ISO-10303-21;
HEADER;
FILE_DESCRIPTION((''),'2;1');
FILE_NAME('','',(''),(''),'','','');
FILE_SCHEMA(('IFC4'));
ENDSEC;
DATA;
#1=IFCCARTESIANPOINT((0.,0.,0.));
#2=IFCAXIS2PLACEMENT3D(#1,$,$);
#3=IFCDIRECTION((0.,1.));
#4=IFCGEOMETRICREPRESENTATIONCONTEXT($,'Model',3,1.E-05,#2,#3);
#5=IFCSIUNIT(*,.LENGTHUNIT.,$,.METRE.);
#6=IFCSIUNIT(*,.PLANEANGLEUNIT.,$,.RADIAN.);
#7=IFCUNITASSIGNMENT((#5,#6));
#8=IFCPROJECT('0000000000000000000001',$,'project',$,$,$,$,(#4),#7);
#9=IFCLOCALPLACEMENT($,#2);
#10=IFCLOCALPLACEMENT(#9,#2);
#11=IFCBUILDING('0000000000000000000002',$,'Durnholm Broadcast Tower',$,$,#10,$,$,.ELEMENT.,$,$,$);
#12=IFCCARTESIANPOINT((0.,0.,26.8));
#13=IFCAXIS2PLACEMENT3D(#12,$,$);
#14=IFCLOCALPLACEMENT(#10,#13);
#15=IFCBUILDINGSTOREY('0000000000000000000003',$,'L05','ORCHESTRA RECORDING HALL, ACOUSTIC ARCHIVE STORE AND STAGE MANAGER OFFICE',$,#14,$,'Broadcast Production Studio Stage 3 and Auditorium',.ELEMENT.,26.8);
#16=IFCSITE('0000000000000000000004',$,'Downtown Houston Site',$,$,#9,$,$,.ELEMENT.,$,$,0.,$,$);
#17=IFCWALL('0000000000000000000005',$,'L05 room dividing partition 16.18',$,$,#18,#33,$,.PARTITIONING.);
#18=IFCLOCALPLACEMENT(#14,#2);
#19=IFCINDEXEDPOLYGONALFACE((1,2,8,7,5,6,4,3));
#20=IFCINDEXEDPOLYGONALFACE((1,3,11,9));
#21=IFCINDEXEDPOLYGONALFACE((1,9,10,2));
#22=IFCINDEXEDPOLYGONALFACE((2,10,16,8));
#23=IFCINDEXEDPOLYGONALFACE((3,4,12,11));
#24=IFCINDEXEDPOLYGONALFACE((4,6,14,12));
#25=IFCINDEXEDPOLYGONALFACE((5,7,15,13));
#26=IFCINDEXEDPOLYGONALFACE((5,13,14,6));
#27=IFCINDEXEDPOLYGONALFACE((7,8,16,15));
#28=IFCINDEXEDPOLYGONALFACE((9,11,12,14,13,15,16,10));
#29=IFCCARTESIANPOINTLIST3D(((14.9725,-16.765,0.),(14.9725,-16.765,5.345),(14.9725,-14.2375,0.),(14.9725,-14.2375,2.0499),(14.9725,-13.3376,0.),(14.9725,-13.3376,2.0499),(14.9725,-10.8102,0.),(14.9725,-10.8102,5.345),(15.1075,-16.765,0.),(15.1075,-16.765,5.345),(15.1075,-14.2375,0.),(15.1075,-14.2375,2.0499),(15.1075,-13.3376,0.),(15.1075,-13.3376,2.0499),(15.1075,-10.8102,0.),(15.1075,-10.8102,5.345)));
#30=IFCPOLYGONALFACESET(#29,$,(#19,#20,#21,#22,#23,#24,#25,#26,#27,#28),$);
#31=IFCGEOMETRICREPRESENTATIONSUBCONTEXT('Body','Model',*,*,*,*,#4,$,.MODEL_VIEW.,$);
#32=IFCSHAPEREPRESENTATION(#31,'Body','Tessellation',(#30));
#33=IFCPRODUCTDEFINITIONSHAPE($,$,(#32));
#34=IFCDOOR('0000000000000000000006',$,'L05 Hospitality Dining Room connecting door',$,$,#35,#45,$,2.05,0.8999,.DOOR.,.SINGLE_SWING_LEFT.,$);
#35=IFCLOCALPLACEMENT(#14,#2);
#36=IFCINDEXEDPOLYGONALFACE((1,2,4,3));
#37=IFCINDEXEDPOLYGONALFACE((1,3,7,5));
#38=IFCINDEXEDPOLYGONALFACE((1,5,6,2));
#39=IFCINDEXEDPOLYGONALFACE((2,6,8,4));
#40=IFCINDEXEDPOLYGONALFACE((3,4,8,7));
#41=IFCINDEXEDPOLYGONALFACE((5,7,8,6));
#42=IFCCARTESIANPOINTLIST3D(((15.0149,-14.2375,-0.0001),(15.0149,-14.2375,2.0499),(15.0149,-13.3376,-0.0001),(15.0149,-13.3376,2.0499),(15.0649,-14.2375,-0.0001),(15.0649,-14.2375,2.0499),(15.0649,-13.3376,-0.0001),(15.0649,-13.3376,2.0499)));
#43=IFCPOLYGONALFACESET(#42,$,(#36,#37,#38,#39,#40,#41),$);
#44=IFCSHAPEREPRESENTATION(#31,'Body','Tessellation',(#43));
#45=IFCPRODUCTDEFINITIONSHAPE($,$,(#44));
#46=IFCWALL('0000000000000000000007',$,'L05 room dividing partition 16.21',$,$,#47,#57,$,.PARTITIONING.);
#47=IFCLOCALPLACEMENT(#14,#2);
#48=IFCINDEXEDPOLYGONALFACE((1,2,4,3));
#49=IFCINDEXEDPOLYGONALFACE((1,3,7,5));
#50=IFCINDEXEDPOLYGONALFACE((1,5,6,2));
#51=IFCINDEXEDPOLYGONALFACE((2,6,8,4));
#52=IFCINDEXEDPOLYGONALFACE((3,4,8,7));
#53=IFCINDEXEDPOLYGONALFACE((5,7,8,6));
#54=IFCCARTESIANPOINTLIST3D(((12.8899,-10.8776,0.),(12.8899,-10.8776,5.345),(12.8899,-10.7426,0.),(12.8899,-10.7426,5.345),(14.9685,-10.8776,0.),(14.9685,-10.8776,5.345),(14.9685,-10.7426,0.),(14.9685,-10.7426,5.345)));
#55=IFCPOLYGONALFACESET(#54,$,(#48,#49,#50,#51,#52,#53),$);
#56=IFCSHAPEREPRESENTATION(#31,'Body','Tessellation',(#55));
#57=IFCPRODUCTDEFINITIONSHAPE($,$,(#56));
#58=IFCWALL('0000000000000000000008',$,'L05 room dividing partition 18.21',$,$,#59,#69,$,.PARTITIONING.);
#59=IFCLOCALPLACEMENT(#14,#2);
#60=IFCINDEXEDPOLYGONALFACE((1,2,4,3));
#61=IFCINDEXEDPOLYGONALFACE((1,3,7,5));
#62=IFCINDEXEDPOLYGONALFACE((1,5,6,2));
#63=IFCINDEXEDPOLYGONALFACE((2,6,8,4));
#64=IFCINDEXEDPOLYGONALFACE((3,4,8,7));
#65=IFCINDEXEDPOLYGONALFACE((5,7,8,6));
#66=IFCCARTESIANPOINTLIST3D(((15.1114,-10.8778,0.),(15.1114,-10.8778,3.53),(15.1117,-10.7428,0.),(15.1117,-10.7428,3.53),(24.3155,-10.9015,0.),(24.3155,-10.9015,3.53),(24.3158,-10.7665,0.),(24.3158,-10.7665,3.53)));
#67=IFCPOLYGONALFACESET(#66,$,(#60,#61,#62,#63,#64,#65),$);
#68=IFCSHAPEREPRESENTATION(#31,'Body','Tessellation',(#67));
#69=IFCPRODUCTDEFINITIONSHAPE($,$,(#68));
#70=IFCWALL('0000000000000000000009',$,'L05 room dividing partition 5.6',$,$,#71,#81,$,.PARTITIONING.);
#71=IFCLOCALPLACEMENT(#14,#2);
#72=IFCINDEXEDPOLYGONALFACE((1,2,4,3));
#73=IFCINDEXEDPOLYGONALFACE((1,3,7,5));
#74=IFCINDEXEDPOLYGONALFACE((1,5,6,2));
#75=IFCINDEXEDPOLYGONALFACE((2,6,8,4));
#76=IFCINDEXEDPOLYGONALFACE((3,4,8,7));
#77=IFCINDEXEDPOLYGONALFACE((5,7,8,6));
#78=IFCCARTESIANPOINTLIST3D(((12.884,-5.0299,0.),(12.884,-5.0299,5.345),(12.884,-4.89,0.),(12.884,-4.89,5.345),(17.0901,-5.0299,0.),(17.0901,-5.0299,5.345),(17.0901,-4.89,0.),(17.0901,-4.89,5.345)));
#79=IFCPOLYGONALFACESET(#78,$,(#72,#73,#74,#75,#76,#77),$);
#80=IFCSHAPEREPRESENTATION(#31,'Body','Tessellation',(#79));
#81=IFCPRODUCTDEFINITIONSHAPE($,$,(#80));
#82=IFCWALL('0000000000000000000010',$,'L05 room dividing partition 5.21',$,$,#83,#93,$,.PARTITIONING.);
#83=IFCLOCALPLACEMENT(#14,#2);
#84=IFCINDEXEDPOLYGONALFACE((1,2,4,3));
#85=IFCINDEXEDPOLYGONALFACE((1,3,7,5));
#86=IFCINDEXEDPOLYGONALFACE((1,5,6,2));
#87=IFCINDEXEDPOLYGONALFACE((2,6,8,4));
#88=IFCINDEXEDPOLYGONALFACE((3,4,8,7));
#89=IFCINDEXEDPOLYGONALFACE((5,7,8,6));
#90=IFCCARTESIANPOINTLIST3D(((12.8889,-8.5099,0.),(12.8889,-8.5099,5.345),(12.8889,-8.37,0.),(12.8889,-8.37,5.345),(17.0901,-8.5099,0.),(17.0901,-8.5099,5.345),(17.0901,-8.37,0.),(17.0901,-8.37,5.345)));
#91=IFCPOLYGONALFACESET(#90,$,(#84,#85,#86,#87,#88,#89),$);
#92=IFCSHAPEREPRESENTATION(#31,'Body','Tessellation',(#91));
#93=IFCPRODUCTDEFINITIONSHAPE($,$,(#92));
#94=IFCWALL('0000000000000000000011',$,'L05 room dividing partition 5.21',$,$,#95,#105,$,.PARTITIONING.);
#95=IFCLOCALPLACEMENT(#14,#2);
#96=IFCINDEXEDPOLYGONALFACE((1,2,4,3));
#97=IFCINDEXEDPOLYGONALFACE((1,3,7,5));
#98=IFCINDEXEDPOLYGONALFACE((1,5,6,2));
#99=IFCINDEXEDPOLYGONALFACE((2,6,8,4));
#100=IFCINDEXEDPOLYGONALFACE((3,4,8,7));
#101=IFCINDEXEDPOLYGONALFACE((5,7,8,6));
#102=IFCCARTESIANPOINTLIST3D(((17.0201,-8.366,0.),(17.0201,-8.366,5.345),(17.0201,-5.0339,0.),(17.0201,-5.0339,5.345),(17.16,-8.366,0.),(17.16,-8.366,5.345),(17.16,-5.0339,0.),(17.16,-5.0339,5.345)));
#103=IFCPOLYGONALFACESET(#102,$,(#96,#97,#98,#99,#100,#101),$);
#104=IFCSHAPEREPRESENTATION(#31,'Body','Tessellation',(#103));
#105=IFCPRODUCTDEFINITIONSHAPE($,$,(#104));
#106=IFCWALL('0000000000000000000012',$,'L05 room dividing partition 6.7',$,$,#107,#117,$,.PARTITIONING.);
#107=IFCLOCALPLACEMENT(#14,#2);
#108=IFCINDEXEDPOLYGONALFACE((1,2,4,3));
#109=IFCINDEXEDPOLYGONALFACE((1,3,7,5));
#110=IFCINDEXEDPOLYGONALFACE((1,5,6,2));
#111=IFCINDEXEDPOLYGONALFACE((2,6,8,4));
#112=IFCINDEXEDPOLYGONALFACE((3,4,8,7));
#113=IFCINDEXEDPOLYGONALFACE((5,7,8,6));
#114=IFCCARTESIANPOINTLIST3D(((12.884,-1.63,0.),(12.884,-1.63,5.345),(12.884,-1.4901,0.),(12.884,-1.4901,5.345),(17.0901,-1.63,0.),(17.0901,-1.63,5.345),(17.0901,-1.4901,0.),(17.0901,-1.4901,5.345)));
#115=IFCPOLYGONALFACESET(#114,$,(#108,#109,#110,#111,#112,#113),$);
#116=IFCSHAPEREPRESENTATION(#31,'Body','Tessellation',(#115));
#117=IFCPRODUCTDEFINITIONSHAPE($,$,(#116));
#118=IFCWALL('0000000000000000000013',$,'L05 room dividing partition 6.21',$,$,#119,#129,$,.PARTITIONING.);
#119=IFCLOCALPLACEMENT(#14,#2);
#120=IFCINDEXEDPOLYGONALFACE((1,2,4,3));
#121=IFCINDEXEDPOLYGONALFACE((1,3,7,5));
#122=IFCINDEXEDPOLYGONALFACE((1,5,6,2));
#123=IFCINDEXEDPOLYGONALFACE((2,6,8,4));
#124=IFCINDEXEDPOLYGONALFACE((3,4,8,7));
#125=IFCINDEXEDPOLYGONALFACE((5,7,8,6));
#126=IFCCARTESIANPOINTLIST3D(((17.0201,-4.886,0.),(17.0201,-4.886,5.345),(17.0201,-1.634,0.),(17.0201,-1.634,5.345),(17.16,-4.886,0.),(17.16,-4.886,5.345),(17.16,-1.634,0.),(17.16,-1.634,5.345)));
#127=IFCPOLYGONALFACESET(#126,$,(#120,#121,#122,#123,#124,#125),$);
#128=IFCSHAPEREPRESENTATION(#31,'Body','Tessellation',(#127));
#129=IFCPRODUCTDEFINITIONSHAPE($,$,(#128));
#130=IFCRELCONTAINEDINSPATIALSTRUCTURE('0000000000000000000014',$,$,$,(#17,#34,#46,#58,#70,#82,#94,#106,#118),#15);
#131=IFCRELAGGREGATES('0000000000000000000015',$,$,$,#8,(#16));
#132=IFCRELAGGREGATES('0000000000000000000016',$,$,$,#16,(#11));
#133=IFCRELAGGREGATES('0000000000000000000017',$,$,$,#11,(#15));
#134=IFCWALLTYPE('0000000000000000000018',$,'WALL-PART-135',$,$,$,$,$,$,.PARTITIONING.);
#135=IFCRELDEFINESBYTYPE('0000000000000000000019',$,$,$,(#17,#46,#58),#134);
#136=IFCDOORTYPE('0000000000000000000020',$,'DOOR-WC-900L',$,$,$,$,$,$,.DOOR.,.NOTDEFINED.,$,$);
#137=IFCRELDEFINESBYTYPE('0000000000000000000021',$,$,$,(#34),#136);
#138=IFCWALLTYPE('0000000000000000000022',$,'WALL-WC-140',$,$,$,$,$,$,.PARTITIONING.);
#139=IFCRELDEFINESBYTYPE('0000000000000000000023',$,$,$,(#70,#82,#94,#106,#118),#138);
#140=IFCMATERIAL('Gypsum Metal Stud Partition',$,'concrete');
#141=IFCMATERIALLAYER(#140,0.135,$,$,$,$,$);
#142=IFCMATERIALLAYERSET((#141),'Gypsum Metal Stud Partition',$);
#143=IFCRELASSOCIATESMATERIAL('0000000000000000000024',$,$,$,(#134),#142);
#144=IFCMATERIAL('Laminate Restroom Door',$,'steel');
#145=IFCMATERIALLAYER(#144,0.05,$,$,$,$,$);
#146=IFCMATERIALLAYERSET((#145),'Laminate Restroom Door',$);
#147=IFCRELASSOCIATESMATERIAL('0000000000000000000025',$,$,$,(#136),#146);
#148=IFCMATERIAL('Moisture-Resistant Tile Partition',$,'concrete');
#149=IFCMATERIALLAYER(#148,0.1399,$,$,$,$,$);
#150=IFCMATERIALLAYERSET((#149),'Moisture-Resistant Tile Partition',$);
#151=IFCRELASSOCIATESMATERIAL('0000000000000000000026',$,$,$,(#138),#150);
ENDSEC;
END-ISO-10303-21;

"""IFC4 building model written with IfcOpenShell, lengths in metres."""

from ifc_helpers import new_model, si_unit, direction, frame, frame_2d, origin, place, context, subcontext, project, spatial, rectangle, extrude, source, transform, mapped, material, layer, layer_set, type_object, type_shapes, element, fill, save


model = new_model("IFC4")

# Units and contexts
model_context = context("Model", 3, precision=1e-05, world=origin(), true_north=direction((0.0, 1.0)))
body_context = subcontext(model_context, "Body", "Model", "MODEL_VIEW")
ifc_project = project(units=[si_unit("LENGTHUNIT", "METRE"), si_unit("PLANEANGLEUNIT", "RADIAN")], contexts=[model_context])

# Site, building, storey
site_placement = place(None, origin())
site = spatial("IfcSite", under=ifc_project, at=site_placement, Name="Downtown Houston Site", CompositionType="ELEMENT", RefElevation=0.0)
building_placement = place(site_placement, origin())
building = spatial("IfcBuilding", under=site, at=building_placement, Name="Durnholm Broadcast Tower", CompositionType="ELEMENT")
storey_placement = place(building_placement, frame((0.0, 0.0, 26.8)))
storey = spatial("IfcBuildingStorey", under=building, at=storey_placement, Name="L05", Description="ORCHESTRA RECORDING HALL, ACOUSTIC ARCHIVE STORE AND STAGE MANAGER OFFICE", LongName="Broadcast Production Studio Stage 3 and Auditorium", CompositionType="ELEMENT", Elevation=26.8)

# Wall, opening, door
ifc_material_1 = material(Name="Gypsum Metal Stud Partition", Category="concrete")
ifc_layer_1 = layer(ifc_material_1, 0.135)
ifc_layer_set_1 = layer_set([ifc_layer_1], Name="Gypsum Metal Stud Partition")
wall_type_1 = type_object("IfcWallType", Name="WALL-PART-135", PredefinedType="PARTITIONING", material=ifc_layer_set_1)
wall_1_placement = place(storey_placement, frame((15.04, -10.8101, 0.0), z_axis=(0.0, 0.0, 1.0), x_axis=(0.0, -1.0, 0.0)))
wall_1 = element("IfcWall", 1, at=wall_1_placement, inside=storey, type_object=wall_type_1, Name="L05 room dividing partition 16.18", PredefinedType="PARTITIONING", context=body_context, shape_type="SweptSolid", body=[
    extrude(rectangle(XDim=5.9548, YDim=0.135, at=frame_2d((2.9775, 0.0))), origin(), (0.0, 0.0, 1.0), 5.345),
])
opening_placement = place(wall_1_placement, frame((2.5276, 0.0, 0.0)))
opening = element("IfcOpeningElement", 2, at=opening_placement, cuts=wall_1, PredefinedType="OPENING", context=body_context, shape_type="SweptSolid", body=[
    extrude(rectangle(XDim=0.8999, YDim=2.05, at=frame_2d((0.45, 1.0249))), frame((0.0, 0.0776, 0.0), z_axis=(0.0, -1.0, 0.0), x_axis=(1.0, 0.0, 0.0)), (0.0, 0.0, 1.0), 0.155),
])
ifc_material_2 = material(Name="Laminate Restroom Door", Category="steel")
ifc_layer_2 = layer(ifc_material_2, 0.05)
ifc_layer_set_2 = layer_set([ifc_layer_2], Name="Laminate Restroom Door")
door_type = type_object("IfcDoorType", Name="DOOR-WC-900L", OperationType="NOTDEFINED", PredefinedType="DOOR", material=ifc_layer_set_2)
shared_shape_1 = source(origin(), body_context, "Body", "SweptSolid", [
    extrude(rectangle(XDim=0.8999, YDim=2.05, at=frame_2d((0.45, 1.0249))), frame((0.0, 0.0249, 0.0), z_axis=(0.0, -1.0, 0.0), x_axis=(1.0, 0.0, 0.0)), (0.0, 0.0, 1.0), 0.05),
])
type_shapes(door_type, [shared_shape_1])
door_placement = place(opening_placement, origin())
door = element("IfcDoor", 3, at=door_placement, inside=storey, type_object=door_type, Name="L05 Hospitality Dining Room connecting door", OperationType="SINGLE_SWING_LEFT", OverallHeight=2.05, OverallWidth=0.8999, PredefinedType="DOOR", context=body_context, shape_type="MappedRepresentation", body=[
    mapped(shared_shape_1, transform((0.0, 0.0, 0.0), x_axis=(1.0, 0.0, 0.0), y_axis=(0.0, 1.0, 0.0), z_axis=(0.0, 0.0, 1.0), scale=1.0)),
])
fill(opening, door)

# Walls
wall_2_placement = place(storey_placement, frame((12.8899, -10.8101, 0.0), z_axis=(0.0, 0.0, 1.0), x_axis=(1.0, 0.0, 0.0)))
element("IfcWall", 4, at=wall_2_placement, inside=storey, type_object=wall_type_1, Name="L05 room dividing partition 16.21", PredefinedType="PARTITIONING", context=body_context, shape_type="SweptSolid", body=[
    extrude(rectangle(XDim=2.0786, YDim=0.135, at=frame_2d((1.0393, 0.0))), origin(), (0.0, 0.0, 1.0), 5.345),
])
wall_3_placement = place(storey_placement, frame((15.1116, -10.8103, 0.0), z_axis=(0.0, 0.0, 1.0), x_axis=(0.999997, -0.002573, 0.0)))
element("IfcWall", 5, at=wall_3_placement, inside=storey, type_object=wall_type_1, Name="L05 room dividing partition 18.21", PredefinedType="PARTITIONING", context=body_context, shape_type="SweptSolid", body=[
    extrude(rectangle(XDim=9.2041, YDim=0.135, at=frame_2d((4.6021, 0.0))), origin(), (0.0, 0.0, 1.0), 3.53),
])
ifc_material_3 = material(Name="Moisture-Resistant Tile Partition", Category="concrete")
ifc_layer_3 = layer(ifc_material_3, 0.1399)
ifc_layer_set_3 = layer_set([ifc_layer_3], Name="Moisture-Resistant Tile Partition")
wall_type_2 = type_object("IfcWallType", Name="WALL-WC-140", PredefinedType="PARTITIONING", material=ifc_layer_set_3)
wall_4_placement = place(storey_placement, frame((12.884, -4.96, 0.0), z_axis=(0.0, 0.0, 1.0), x_axis=(1.0, 0.0, 0.0)))
element("IfcWall", 6, at=wall_4_placement, inside=storey, type_object=wall_type_2, Name="L05 room dividing partition 5.6", PredefinedType="PARTITIONING", context=body_context, shape_type="SweptSolid", body=[
    extrude(rectangle(XDim=4.2061, YDim=0.1399, at=frame_2d((2.103, 0.0))), origin(), (0.0, 0.0, 1.0), 5.345),
])
wall_5_placement = place(storey_placement, frame((17.0901, -8.4399, 0.0), z_axis=(0.0, 0.0, 1.0), x_axis=(-1.0, 0.0, 0.0)))
element("IfcWall", 7, at=wall_5_placement, inside=storey, type_object=wall_type_2, Name="L05 room dividing partition 5.21", PredefinedType="PARTITIONING", context=body_context, shape_type="SweptSolid", body=[
    extrude(rectangle(XDim=4.2012, YDim=0.1399, at=frame_2d((2.1006, 0.0))), origin(), (0.0, 0.0, 1.0), 5.345),
])
wall_6_placement = place(storey_placement, frame((17.0901, -5.0339, 0.0), z_axis=(0.0, 0.0, 1.0), x_axis=(0.0, -1.0, 0.0)))
element("IfcWall", 8, at=wall_6_placement, inside=storey, type_object=wall_type_2, Name="L05 room dividing partition 5.21", PredefinedType="PARTITIONING", context=body_context, shape_type="SweptSolid", body=[
    extrude(rectangle(XDim=3.332, YDim=0.1399, at=frame_2d((1.666, 0.0))), origin(), (0.0, 0.0, 1.0), 5.345),
])
wall_7_placement = place(storey_placement, frame((12.884, -1.5601, 0.0), z_axis=(0.0, 0.0, 1.0), x_axis=(1.0, 0.0, 0.0)))
element("IfcWall", 9, at=wall_7_placement, inside=storey, type_object=wall_type_2, Name="L05 room dividing partition 6.7", PredefinedType="PARTITIONING", context=body_context, shape_type="SweptSolid", body=[
    extrude(rectangle(XDim=4.2061, YDim=0.1399, at=frame_2d((2.103, 0.0))), origin(), (0.0, 0.0, 1.0), 5.345),
])
wall_8_placement = place(storey_placement, frame((17.0901, -1.634, 0.0), z_axis=(0.0, 0.0, 1.0), x_axis=(0.0, -1.0, 0.0)))
element("IfcWall", 10, at=wall_8_placement, inside=storey, type_object=wall_type_2, Name="L05 room dividing partition 6.21", PredefinedType="PARTITIONING", context=body_context, shape_type="SweptSolid", body=[
    extrude(rectangle(XDim=3.252, YDim=0.1399, at=frame_2d((1.626, 0.0))), origin(), (0.0, 0.0, 1.0), 5.345),
])

save(model, "model.ifc")
